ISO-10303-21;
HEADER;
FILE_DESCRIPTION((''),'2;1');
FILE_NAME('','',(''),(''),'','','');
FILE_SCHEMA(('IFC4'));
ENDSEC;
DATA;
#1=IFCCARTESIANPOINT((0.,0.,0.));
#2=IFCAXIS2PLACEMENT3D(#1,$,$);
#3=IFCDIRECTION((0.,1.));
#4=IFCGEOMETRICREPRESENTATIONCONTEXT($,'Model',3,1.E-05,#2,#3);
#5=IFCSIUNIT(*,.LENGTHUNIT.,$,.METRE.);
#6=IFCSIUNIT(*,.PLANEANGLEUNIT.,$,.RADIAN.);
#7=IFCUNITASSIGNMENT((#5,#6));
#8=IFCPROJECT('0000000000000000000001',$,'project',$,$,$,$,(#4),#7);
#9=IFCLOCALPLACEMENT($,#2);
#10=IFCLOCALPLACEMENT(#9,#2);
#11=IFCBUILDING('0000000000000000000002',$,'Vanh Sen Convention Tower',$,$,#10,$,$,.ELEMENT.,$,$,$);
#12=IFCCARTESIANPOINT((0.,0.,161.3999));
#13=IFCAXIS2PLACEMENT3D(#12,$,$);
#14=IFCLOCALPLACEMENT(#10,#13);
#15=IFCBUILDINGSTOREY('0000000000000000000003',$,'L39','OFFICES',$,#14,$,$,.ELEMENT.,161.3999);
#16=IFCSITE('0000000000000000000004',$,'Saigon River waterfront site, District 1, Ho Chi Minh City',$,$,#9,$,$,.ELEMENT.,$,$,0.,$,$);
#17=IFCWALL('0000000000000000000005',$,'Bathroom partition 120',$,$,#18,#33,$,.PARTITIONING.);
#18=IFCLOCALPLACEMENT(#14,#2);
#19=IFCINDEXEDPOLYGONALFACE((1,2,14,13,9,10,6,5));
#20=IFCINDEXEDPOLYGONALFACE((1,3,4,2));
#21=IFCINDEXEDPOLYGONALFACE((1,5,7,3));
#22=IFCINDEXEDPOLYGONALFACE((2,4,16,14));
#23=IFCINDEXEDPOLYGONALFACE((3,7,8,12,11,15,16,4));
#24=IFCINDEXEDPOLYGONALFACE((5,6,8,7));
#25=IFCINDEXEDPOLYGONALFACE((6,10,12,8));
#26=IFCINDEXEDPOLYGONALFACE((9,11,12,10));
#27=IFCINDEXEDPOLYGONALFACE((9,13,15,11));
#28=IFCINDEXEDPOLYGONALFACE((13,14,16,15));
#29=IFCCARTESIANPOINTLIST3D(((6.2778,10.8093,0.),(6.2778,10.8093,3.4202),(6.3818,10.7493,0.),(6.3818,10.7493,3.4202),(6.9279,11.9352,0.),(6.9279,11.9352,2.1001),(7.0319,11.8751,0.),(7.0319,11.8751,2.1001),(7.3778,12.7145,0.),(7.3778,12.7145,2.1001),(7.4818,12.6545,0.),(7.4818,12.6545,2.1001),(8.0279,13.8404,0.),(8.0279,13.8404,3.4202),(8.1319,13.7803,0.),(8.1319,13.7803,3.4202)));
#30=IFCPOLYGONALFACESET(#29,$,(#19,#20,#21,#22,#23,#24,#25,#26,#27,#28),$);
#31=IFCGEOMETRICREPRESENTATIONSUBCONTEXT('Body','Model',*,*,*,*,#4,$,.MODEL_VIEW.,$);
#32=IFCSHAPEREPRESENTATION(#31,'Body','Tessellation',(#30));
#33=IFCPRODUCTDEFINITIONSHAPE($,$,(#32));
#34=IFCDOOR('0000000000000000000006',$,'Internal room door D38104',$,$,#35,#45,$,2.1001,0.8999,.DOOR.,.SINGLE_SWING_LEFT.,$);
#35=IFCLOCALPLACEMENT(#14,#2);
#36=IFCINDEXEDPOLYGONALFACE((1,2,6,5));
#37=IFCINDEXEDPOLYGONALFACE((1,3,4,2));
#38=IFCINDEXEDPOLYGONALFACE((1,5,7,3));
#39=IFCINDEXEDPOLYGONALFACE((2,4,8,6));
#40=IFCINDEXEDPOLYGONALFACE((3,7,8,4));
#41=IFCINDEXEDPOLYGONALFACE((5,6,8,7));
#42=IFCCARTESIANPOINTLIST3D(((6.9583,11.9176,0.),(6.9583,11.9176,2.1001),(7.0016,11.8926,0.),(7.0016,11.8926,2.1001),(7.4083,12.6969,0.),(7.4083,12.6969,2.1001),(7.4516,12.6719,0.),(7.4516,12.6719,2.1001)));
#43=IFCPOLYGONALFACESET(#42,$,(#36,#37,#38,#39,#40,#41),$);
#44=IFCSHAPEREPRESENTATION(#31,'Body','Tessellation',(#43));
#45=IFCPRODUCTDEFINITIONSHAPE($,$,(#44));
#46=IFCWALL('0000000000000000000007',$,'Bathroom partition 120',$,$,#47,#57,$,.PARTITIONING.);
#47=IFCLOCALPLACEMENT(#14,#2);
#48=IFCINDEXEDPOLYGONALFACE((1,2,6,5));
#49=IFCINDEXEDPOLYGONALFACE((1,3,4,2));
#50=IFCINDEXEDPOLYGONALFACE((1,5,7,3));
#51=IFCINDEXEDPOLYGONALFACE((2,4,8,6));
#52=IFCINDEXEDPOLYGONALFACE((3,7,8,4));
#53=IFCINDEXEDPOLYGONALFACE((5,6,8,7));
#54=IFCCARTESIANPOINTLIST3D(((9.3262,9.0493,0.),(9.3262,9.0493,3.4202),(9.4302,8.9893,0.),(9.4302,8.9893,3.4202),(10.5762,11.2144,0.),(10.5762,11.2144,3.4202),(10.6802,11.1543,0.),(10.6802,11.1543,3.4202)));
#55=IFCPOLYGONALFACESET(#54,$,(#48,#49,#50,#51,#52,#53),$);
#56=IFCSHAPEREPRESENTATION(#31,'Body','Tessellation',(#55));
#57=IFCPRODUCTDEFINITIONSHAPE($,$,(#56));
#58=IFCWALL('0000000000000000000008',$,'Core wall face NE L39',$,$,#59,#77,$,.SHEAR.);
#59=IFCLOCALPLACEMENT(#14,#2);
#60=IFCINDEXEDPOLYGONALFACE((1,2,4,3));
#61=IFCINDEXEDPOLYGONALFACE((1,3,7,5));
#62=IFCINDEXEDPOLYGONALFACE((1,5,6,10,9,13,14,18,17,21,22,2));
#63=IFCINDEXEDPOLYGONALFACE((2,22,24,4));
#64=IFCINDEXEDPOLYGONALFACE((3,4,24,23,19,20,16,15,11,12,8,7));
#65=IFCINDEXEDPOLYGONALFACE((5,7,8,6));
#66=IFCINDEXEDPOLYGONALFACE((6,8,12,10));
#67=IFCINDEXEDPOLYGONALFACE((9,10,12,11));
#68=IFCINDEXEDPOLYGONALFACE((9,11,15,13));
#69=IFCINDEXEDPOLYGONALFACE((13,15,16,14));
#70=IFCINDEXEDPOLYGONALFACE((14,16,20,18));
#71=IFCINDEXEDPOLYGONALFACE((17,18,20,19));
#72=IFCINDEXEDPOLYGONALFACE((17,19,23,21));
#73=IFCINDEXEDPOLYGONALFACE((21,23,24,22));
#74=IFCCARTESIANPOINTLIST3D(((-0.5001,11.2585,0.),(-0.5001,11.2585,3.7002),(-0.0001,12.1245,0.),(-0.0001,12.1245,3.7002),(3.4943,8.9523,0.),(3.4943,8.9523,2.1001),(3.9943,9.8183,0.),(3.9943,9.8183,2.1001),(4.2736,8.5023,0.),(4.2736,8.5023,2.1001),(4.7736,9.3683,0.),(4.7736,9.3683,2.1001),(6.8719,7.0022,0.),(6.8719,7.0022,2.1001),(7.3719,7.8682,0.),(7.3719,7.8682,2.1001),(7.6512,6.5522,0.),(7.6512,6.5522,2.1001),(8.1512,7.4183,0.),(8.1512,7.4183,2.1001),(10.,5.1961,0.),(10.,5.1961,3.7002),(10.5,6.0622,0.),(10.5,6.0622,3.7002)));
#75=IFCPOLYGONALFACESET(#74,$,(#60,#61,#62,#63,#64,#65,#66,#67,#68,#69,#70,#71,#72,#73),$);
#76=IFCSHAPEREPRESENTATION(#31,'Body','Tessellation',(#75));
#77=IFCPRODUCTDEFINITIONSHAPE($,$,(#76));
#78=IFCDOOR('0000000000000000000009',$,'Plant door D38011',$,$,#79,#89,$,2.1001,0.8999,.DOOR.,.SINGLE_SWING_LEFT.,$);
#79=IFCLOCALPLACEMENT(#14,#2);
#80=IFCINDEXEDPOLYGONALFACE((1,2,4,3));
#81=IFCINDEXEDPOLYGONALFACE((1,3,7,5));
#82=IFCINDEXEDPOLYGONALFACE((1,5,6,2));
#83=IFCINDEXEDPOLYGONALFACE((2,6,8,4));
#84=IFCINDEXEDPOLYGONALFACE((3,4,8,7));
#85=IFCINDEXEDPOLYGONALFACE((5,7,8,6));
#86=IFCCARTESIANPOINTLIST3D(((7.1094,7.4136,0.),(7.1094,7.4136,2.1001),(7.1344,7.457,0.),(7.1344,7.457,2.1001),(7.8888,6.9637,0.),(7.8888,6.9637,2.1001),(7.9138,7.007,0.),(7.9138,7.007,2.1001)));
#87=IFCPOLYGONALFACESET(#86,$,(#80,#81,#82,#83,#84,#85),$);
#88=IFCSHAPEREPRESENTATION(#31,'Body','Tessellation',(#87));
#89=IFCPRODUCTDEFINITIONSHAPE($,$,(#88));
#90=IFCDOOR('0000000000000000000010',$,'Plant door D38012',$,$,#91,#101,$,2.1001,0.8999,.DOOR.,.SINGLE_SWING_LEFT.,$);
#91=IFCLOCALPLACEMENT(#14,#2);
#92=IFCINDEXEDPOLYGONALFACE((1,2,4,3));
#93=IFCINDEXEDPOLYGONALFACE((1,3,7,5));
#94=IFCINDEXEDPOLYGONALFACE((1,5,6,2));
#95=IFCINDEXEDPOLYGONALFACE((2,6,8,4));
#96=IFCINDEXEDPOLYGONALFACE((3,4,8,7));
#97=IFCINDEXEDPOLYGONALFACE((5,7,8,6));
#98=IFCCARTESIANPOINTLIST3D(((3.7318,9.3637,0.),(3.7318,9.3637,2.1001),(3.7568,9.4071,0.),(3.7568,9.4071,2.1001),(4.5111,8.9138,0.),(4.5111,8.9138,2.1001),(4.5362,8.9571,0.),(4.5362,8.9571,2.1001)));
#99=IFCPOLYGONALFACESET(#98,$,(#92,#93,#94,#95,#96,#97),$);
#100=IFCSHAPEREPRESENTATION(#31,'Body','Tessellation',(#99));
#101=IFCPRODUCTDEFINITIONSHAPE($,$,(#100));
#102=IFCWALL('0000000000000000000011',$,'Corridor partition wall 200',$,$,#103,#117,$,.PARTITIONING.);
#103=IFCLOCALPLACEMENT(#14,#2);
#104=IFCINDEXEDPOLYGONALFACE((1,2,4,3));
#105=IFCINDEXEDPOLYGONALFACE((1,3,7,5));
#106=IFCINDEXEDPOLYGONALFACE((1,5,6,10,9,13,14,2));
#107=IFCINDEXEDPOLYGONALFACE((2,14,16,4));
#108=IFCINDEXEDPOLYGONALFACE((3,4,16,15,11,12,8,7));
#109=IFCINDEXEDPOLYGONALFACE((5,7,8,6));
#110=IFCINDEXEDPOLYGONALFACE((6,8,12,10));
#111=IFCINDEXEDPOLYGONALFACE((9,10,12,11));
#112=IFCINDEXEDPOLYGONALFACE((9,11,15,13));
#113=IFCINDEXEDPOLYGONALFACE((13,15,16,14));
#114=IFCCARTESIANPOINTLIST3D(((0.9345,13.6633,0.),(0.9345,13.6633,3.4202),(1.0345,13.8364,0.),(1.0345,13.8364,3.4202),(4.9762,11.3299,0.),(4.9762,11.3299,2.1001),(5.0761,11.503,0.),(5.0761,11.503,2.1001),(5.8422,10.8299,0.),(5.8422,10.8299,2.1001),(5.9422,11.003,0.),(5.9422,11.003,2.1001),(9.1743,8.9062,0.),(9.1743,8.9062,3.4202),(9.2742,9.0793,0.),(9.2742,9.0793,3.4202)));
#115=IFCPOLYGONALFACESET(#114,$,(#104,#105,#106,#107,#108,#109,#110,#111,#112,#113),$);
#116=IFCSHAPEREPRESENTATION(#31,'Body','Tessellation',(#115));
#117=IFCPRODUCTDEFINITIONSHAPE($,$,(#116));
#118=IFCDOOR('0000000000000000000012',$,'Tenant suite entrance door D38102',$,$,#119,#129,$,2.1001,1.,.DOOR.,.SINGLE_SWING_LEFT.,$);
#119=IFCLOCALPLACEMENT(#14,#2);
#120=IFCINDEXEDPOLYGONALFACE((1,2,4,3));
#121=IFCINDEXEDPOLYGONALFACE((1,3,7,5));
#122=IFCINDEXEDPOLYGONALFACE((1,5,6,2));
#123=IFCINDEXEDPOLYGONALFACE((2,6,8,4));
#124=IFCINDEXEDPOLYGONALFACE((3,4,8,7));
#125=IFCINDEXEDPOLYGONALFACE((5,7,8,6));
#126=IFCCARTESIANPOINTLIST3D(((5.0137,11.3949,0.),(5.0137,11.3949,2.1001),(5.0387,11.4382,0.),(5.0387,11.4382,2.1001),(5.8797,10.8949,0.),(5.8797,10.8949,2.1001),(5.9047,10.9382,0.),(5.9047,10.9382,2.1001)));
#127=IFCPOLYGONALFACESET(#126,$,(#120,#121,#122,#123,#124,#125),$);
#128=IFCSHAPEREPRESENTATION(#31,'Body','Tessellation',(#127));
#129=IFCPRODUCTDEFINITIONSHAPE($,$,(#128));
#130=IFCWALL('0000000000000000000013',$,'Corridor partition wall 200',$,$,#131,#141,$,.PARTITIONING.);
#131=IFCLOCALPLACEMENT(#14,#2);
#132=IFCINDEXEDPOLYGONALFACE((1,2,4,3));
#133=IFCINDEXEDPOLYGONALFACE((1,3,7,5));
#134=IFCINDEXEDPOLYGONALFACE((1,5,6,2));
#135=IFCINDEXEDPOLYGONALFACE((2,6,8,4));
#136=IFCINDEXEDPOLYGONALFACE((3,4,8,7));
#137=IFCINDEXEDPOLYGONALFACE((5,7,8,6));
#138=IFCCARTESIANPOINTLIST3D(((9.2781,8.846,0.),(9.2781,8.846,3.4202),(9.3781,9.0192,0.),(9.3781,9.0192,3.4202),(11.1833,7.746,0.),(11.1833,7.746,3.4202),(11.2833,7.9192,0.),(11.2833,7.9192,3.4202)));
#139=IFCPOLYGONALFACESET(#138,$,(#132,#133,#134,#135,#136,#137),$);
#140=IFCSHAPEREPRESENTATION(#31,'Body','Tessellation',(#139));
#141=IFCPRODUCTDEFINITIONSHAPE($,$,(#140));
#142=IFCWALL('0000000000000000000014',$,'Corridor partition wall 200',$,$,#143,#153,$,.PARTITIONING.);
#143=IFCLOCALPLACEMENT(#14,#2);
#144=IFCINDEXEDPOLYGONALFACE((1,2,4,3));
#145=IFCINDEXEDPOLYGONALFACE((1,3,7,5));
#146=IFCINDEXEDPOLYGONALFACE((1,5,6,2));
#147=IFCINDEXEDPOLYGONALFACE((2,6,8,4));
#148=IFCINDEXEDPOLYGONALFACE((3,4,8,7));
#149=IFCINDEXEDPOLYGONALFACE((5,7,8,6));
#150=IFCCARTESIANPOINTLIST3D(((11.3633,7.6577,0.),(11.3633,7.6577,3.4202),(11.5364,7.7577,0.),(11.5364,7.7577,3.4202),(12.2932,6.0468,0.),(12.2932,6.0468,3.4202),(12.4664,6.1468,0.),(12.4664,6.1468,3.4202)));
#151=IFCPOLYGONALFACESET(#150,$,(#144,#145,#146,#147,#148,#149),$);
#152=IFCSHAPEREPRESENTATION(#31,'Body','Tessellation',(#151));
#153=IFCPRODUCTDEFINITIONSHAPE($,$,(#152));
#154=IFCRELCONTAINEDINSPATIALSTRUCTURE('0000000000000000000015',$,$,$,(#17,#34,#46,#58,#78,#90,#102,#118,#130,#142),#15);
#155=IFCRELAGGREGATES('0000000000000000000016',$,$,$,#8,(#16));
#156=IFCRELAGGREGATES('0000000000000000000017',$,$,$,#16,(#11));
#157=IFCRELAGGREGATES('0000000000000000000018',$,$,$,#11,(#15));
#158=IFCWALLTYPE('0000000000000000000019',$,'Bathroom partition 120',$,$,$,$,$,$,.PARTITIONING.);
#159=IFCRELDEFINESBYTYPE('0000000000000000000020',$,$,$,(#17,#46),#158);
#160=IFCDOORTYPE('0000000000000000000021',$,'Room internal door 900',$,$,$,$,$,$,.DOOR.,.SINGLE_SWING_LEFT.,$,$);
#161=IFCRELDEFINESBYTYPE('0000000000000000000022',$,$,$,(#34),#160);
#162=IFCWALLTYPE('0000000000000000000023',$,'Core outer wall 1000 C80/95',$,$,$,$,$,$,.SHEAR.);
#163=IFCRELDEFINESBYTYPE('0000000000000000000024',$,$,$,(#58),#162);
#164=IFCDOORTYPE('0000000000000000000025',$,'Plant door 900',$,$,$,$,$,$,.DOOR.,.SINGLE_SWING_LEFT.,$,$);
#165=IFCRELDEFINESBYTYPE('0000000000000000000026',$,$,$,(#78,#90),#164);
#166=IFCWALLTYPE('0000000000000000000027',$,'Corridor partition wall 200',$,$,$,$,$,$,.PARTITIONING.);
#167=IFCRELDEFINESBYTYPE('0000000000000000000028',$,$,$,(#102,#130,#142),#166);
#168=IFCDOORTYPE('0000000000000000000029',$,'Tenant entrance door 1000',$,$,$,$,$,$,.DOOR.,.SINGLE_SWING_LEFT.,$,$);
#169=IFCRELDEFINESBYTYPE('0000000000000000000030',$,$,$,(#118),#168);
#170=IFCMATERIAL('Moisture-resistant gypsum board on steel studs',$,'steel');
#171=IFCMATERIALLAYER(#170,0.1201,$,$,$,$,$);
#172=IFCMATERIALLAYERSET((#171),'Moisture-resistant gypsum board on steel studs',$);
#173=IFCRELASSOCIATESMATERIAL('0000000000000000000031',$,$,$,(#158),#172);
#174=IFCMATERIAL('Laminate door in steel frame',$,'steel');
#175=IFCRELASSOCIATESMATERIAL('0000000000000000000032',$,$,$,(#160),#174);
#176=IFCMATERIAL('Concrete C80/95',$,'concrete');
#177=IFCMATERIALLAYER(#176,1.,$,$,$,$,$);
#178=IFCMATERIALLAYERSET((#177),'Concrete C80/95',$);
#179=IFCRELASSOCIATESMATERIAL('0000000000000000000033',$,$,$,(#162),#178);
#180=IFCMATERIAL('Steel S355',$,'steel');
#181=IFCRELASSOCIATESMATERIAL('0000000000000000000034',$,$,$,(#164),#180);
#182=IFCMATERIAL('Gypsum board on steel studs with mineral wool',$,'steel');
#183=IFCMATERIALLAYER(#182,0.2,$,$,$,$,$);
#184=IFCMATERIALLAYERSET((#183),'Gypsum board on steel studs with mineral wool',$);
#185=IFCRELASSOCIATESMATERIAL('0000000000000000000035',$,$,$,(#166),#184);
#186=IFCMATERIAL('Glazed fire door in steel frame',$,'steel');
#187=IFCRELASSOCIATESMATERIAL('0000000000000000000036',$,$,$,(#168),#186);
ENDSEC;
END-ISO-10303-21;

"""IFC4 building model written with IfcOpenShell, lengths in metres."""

from ifc_helpers import new_model, si_unit, direction, frame, frame_2d, origin, place, context, subcontext, project, spatial, rectangle, extrude, material, layer, layer_set, type_object, element, fill, save


model = new_model("IFC4")

# Units and contexts
model_context = context("Model", 3, precision=1e-05, world=origin(), true_north=direction((0.0, 1.0)))
body_context = subcontext(model_context, "Body", "Model", "MODEL_VIEW")
ifc_project = project(units=[si_unit("LENGTHUNIT", "METRE"), si_unit("PLANEANGLEUNIT", "RADIAN")], contexts=[model_context])

# Site, building, storey
site_placement = place(None, origin())
site = spatial("IfcSite", under=ifc_project, at=site_placement, Name="Saigon River waterfront site, District 1, Ho Chi Minh City", CompositionType="ELEMENT", RefElevation=0.0)
building_placement = place(site_placement, origin())
building = spatial("IfcBuilding", under=site, at=building_placement, Name="Vanh Sen Convention Tower", CompositionType="ELEMENT")
storey_placement = place(building_placement, frame((0.0, 0.0, 161.3999)))
storey = spatial("IfcBuildingStorey", under=building, at=storey_placement, Name="L39", Description="OFFICES", CompositionType="ELEMENT", Elevation=161.3999)

# Wall, opening, door
ifc_material_1 = material(Name="Moisture-resistant gypsum board on steel studs", Category="steel")
ifc_layer_1 = layer(ifc_material_1, 0.1201)
ifc_layer_set_1 = layer_set([ifc_layer_1], Name="Moisture-resistant gypsum board on steel studs")
wall_type_1 = type_object("IfcWallType", Name="Bathroom partition 120", PredefinedType="PARTITIONING", material=ifc_layer_set_1)
wall_1_placement = place(storey_placement, frame((6.3298, 10.7793, 0.0), z_axis=(0.0, 0.0, 1.0), x_axis=(0.50001, 0.866019, 0.0)))
wall_1 = element("IfcWall", 1, at=wall_1_placement, inside=storey, type_object=wall_type_1, Name="Bathroom partition 120", PredefinedType="PARTITIONING", context=body_context, shape_type="SweptSolid", body=[
    extrude(rectangle(XDim=3.5, YDim=0.1201, at=frame_2d((1.75, 0.0))), origin(), (0.0, 0.0, 1.0), 3.4202),
])
opening_1_placement = place(wall_1_placement, frame((1.3, 0.0, 0.0)))
opening_1 = element("IfcOpeningElement", 2, at=opening_1_placement, cuts=wall_1, PredefinedType="OPENING", context=body_context, shape_type="SweptSolid", body=[
    extrude(rectangle(XDim=0.8999, YDim=2.1001, at=frame_2d((0.45, 1.05))), frame((0.0, 0.0701, 0.0), z_axis=(0.0, -1.0, 0.0), x_axis=(1.0, 0.0, 0.0)), (0.0, 0.0, 1.0), 0.1401),
])
ifc_material_2 = material(Name="Laminate door in steel frame", Category="steel")
door_type_1 = type_object("IfcDoorType", Name="Room internal door 900", OperationType="SINGLE_SWING_LEFT", PredefinedType="DOOR", material=ifc_material_2)
door_1_placement = place(opening_1_placement, origin())
door_1 = element("IfcDoor", 3, at=door_1_placement, inside=storey, type_object=door_type_1, Name="Internal room door D38104", OperationType="SINGLE_SWING_LEFT", OverallHeight=2.1001, OverallWidth=0.8999, PredefinedType="DOOR", context=body_context, shape_type="SweptSolid", body=[
    extrude(rectangle(XDim=0.8999, YDim=2.1001, at=frame_2d((0.45, 1.05))), frame((0.0, 0.0249, 0.0), z_axis=(0.0, -1.0, 0.0), x_axis=(1.0, 0.0, 0.0)), (0.0, 0.0, 1.0), 0.05),
])
fill(opening_1, door_1)

# Wall
wall_2_placement = place(storey_placement, frame((9.3782, 9.0193, 0.0), z_axis=(0.0, 0.0, 1.0), x_axis=(0.500004, 0.866023, 0.0)))
element("IfcWall", 4, at=wall_2_placement, inside=storey, type_object=wall_type_1, Name="Bathroom partition 120", PredefinedType="PARTITIONING", context=body_context, shape_type="SweptSolid", body=[
    extrude(rectangle(XDim=2.5, YDim=0.1201, at=frame_2d((1.25, 0.0))), origin(), (0.0, 0.0, 1.0), 3.4202),
])

# Wall, openings, doors
ifc_material_3 = material(Name="Concrete C80/95", Category="concrete")
ifc_layer_2 = layer(ifc_material_3, 1.0)
ifc_layer_set_2 = layer_set([ifc_layer_2], Name="Concrete C80/95")
wall_type_2 = type_object("IfcWallType", Name="Core outer wall 1000 C80/95", PredefinedType="SHEAR", material=ifc_layer_set_2)
wall_3_placement = place(storey_placement, frame((10.25, 5.6292, 0.0), z_axis=(0.0, 0.0, 1.0), x_axis=(-0.866023, 0.500005, 0.0)))
wall_3 = element("IfcWall", 5, at=wall_3_placement, inside=storey, type_object=wall_type_2, Name="Core wall face NE L39", PredefinedType="SHEAR", context=body_context, shape_type="SweptSolid", body=[
    extrude(rectangle(XDim=12.1245, YDim=1.0, at=frame_2d((6.0623, 0.0))), origin(), (0.0, 0.0, 1.0), 3.7002),
])
opening_2_placement = place(wall_3_placement, frame((2.7122, 0.0, 0.0)))
opening_2 = element("IfcOpeningElement", 6, at=opening_2_placement, cuts=wall_3, PredefinedType="OPENING", context=body_context, shape_type="SweptSolid", body=[
    extrude(rectangle(XDim=0.8999, YDim=2.1001, at=frame_2d((0.45, 1.05))), frame((0.0, 0.51, 0.0), z_axis=(0.0, -1.0, 0.0), x_axis=(1.0, 0.0, 0.0)), (0.0, 0.0, 1.0), 1.02),
])
opening_3_placement = place(wall_3_placement, frame((6.6123, 0.0, 0.0)))
opening_3 = element("IfcOpeningElement", 7, at=opening_3_placement, cuts=wall_3, PredefinedType="OPENING", context=body_context, shape_type="SweptSolid", body=[
    extrude(rectangle(XDim=0.8999, YDim=2.1001, at=frame_2d((0.45, 1.05))), frame((0.0, 0.51, 0.0), z_axis=(0.0, -1.0, 0.0), x_axis=(1.0, 0.0, 0.0)), (0.0, 0.0, 1.0), 1.02),
])
ifc_material_4 = material(Name="Steel S355", Category="steel")
door_type_2 = type_object("IfcDoorType", Name="Plant door 900", OperationType="SINGLE_SWING_LEFT", PredefinedType="DOOR", material=ifc_material_4)
door_2_placement = place(opening_2_placement, origin())
door_2 = element("IfcDoor", 8, at=door_2_placement, inside=storey, type_object=door_type_2, Name="Plant door D38011", OperationType="SINGLE_SWING_LEFT", OverallHeight=2.1001, OverallWidth=0.8999, PredefinedType="DOOR", context=body_context, shape_type="SweptSolid", body=[
    extrude(rectangle(XDim=0.8999, YDim=2.1001, at=frame_2d((0.45, 1.05))), frame((0.0, 0.0249, 0.0), z_axis=(0.0, -1.0, 0.0), x_axis=(1.0, 0.0, 0.0)), (0.0, 0.0, 1.0), 0.05),
])
fill(opening_2, door_2)
door_3_placement = place(opening_3_placement, origin())
door_3 = element("IfcDoor", 9, at=door_3_placement, inside=storey, type_object=door_type_2, Name="Plant door D38012", OperationType="SINGLE_SWING_LEFT", OverallHeight=2.1001, OverallWidth=0.8999, PredefinedType="DOOR", context=body_context, shape_type="SweptSolid", body=[
    extrude(rectangle(XDim=0.8999, YDim=2.1001, at=frame_2d((0.45, 1.05))), frame((0.0, 0.0249, 0.0), z_axis=(0.0, -1.0, 0.0), x_axis=(1.0, 0.0, 0.0)), (0.0, 0.0, 1.0), 0.05),
])
fill(opening_3, door_3)

# Wall, opening, door
ifc_material_5 = material(Name="Gypsum board on steel studs with mineral wool", Category="steel")
ifc_layer_3 = layer(ifc_material_5, 0.2)
ifc_layer_set_3 = layer_set([ifc_layer_3], Name="Gypsum board on steel studs with mineral wool")
wall_type_3 = type_object("IfcWallType", Name="Corridor partition wall 200", PredefinedType="PARTITIONING", material=ifc_layer_set_3)
wall_4_placement = place(storey_placement, frame((9.2244, 8.9927, 0.0), z_axis=(0.0, 0.0, 1.0), x_axis=(-0.866032, 0.499989, 0.0)))
wall_4 = element("IfcWall", 10, at=wall_4_placement, inside=storey, type_object=wall_type_3, Name="Corridor partition wall 200", PredefinedType="PARTITIONING", context=body_context, shape_type="SweptSolid", body=[
    extrude(rectangle(XDim=9.5144, YDim=0.2, at=frame_2d((4.7573, 0.0))), origin(), (0.0, 0.0, 1.0), 3.4202),
])
opening_4_placement = place(wall_4_placement, frame((3.8477, 0.0, 0.0)))
opening_4 = element("IfcOpeningElement", 11, at=opening_4_placement, cuts=wall_4, PredefinedType="OPENING", context=body_context, shape_type="SweptSolid", body=[
    extrude(rectangle(XDim=1.0, YDim=2.1001, at=frame_2d((0.5, 1.05))), frame((0.0, 0.1099, 0.0), z_axis=(0.0, -1.0, 0.0), x_axis=(1.0, 0.0, 0.0)), (0.0, 0.0, 1.0), 0.22),
])
ifc_material_6 = material(Name="Glazed fire door in steel frame", Category="steel")
door_type_3 = type_object("IfcDoorType", Name="Tenant entrance door 1000", OperationType="SINGLE_SWING_LEFT", PredefinedType="DOOR", material=ifc_material_6)
door_4_placement = place(opening_4_placement, origin())
door_4 = element("IfcDoor", 12, at=door_4_placement, inside=storey, type_object=door_type_3, Name="Tenant suite entrance door D38102", OperationType="SINGLE_SWING_LEFT", OverallHeight=2.1001, OverallWidth=1.0, PredefinedType="DOOR", context=body_context, shape_type="SweptSolid", body=[
    extrude(rectangle(XDim=1.0, YDim=2.1001, at=frame_2d((0.5, 1.05))), frame((0.0, 0.0249, 0.0), z_axis=(0.0, -1.0, 0.0), x_axis=(1.0, 0.0, 0.0)), (0.0, 0.0, 1.0), 0.05),
])
fill(opening_4, door_4)

# Walls
wall_5_placement = place(storey_placement, frame((11.2334, 7.8325, 0.0), z_axis=(0.0, 0.0, 1.0), x_axis=(-0.866008, 0.50003, 0.0)))
element("IfcWall", 13, at=wall_5_placement, inside=storey, type_object=wall_type_3, Name="Corridor partition wall 200", PredefinedType="PARTITIONING", context=body_context, shape_type="SweptSolid", body=[
    extrude(rectangle(XDim=2.2, YDim=0.2, at=frame_2d((1.1001, 0.0))), origin(), (0.0, 0.0, 1.0), 3.4202),
])
wall_6_placement = place(storey_placement, frame((12.3799, 6.0967, 0.0), z_axis=(0.0, 0.0, 1.0), x_axis=(-0.499965, 0.866046, 0.0)))
element("IfcWall", 14, at=wall_6_placement, inside=storey, type_object=wall_type_3, Name="Corridor partition wall 200", PredefinedType="PARTITIONING", context=body_context, shape_type="SweptSolid", body=[
    extrude(rectangle(XDim=1.8601, YDim=0.2, at=frame_2d((0.9302, 0.0))), origin(), (0.0, 0.0, 1.0), 3.4202),
])

save(model, "model.ifc")
